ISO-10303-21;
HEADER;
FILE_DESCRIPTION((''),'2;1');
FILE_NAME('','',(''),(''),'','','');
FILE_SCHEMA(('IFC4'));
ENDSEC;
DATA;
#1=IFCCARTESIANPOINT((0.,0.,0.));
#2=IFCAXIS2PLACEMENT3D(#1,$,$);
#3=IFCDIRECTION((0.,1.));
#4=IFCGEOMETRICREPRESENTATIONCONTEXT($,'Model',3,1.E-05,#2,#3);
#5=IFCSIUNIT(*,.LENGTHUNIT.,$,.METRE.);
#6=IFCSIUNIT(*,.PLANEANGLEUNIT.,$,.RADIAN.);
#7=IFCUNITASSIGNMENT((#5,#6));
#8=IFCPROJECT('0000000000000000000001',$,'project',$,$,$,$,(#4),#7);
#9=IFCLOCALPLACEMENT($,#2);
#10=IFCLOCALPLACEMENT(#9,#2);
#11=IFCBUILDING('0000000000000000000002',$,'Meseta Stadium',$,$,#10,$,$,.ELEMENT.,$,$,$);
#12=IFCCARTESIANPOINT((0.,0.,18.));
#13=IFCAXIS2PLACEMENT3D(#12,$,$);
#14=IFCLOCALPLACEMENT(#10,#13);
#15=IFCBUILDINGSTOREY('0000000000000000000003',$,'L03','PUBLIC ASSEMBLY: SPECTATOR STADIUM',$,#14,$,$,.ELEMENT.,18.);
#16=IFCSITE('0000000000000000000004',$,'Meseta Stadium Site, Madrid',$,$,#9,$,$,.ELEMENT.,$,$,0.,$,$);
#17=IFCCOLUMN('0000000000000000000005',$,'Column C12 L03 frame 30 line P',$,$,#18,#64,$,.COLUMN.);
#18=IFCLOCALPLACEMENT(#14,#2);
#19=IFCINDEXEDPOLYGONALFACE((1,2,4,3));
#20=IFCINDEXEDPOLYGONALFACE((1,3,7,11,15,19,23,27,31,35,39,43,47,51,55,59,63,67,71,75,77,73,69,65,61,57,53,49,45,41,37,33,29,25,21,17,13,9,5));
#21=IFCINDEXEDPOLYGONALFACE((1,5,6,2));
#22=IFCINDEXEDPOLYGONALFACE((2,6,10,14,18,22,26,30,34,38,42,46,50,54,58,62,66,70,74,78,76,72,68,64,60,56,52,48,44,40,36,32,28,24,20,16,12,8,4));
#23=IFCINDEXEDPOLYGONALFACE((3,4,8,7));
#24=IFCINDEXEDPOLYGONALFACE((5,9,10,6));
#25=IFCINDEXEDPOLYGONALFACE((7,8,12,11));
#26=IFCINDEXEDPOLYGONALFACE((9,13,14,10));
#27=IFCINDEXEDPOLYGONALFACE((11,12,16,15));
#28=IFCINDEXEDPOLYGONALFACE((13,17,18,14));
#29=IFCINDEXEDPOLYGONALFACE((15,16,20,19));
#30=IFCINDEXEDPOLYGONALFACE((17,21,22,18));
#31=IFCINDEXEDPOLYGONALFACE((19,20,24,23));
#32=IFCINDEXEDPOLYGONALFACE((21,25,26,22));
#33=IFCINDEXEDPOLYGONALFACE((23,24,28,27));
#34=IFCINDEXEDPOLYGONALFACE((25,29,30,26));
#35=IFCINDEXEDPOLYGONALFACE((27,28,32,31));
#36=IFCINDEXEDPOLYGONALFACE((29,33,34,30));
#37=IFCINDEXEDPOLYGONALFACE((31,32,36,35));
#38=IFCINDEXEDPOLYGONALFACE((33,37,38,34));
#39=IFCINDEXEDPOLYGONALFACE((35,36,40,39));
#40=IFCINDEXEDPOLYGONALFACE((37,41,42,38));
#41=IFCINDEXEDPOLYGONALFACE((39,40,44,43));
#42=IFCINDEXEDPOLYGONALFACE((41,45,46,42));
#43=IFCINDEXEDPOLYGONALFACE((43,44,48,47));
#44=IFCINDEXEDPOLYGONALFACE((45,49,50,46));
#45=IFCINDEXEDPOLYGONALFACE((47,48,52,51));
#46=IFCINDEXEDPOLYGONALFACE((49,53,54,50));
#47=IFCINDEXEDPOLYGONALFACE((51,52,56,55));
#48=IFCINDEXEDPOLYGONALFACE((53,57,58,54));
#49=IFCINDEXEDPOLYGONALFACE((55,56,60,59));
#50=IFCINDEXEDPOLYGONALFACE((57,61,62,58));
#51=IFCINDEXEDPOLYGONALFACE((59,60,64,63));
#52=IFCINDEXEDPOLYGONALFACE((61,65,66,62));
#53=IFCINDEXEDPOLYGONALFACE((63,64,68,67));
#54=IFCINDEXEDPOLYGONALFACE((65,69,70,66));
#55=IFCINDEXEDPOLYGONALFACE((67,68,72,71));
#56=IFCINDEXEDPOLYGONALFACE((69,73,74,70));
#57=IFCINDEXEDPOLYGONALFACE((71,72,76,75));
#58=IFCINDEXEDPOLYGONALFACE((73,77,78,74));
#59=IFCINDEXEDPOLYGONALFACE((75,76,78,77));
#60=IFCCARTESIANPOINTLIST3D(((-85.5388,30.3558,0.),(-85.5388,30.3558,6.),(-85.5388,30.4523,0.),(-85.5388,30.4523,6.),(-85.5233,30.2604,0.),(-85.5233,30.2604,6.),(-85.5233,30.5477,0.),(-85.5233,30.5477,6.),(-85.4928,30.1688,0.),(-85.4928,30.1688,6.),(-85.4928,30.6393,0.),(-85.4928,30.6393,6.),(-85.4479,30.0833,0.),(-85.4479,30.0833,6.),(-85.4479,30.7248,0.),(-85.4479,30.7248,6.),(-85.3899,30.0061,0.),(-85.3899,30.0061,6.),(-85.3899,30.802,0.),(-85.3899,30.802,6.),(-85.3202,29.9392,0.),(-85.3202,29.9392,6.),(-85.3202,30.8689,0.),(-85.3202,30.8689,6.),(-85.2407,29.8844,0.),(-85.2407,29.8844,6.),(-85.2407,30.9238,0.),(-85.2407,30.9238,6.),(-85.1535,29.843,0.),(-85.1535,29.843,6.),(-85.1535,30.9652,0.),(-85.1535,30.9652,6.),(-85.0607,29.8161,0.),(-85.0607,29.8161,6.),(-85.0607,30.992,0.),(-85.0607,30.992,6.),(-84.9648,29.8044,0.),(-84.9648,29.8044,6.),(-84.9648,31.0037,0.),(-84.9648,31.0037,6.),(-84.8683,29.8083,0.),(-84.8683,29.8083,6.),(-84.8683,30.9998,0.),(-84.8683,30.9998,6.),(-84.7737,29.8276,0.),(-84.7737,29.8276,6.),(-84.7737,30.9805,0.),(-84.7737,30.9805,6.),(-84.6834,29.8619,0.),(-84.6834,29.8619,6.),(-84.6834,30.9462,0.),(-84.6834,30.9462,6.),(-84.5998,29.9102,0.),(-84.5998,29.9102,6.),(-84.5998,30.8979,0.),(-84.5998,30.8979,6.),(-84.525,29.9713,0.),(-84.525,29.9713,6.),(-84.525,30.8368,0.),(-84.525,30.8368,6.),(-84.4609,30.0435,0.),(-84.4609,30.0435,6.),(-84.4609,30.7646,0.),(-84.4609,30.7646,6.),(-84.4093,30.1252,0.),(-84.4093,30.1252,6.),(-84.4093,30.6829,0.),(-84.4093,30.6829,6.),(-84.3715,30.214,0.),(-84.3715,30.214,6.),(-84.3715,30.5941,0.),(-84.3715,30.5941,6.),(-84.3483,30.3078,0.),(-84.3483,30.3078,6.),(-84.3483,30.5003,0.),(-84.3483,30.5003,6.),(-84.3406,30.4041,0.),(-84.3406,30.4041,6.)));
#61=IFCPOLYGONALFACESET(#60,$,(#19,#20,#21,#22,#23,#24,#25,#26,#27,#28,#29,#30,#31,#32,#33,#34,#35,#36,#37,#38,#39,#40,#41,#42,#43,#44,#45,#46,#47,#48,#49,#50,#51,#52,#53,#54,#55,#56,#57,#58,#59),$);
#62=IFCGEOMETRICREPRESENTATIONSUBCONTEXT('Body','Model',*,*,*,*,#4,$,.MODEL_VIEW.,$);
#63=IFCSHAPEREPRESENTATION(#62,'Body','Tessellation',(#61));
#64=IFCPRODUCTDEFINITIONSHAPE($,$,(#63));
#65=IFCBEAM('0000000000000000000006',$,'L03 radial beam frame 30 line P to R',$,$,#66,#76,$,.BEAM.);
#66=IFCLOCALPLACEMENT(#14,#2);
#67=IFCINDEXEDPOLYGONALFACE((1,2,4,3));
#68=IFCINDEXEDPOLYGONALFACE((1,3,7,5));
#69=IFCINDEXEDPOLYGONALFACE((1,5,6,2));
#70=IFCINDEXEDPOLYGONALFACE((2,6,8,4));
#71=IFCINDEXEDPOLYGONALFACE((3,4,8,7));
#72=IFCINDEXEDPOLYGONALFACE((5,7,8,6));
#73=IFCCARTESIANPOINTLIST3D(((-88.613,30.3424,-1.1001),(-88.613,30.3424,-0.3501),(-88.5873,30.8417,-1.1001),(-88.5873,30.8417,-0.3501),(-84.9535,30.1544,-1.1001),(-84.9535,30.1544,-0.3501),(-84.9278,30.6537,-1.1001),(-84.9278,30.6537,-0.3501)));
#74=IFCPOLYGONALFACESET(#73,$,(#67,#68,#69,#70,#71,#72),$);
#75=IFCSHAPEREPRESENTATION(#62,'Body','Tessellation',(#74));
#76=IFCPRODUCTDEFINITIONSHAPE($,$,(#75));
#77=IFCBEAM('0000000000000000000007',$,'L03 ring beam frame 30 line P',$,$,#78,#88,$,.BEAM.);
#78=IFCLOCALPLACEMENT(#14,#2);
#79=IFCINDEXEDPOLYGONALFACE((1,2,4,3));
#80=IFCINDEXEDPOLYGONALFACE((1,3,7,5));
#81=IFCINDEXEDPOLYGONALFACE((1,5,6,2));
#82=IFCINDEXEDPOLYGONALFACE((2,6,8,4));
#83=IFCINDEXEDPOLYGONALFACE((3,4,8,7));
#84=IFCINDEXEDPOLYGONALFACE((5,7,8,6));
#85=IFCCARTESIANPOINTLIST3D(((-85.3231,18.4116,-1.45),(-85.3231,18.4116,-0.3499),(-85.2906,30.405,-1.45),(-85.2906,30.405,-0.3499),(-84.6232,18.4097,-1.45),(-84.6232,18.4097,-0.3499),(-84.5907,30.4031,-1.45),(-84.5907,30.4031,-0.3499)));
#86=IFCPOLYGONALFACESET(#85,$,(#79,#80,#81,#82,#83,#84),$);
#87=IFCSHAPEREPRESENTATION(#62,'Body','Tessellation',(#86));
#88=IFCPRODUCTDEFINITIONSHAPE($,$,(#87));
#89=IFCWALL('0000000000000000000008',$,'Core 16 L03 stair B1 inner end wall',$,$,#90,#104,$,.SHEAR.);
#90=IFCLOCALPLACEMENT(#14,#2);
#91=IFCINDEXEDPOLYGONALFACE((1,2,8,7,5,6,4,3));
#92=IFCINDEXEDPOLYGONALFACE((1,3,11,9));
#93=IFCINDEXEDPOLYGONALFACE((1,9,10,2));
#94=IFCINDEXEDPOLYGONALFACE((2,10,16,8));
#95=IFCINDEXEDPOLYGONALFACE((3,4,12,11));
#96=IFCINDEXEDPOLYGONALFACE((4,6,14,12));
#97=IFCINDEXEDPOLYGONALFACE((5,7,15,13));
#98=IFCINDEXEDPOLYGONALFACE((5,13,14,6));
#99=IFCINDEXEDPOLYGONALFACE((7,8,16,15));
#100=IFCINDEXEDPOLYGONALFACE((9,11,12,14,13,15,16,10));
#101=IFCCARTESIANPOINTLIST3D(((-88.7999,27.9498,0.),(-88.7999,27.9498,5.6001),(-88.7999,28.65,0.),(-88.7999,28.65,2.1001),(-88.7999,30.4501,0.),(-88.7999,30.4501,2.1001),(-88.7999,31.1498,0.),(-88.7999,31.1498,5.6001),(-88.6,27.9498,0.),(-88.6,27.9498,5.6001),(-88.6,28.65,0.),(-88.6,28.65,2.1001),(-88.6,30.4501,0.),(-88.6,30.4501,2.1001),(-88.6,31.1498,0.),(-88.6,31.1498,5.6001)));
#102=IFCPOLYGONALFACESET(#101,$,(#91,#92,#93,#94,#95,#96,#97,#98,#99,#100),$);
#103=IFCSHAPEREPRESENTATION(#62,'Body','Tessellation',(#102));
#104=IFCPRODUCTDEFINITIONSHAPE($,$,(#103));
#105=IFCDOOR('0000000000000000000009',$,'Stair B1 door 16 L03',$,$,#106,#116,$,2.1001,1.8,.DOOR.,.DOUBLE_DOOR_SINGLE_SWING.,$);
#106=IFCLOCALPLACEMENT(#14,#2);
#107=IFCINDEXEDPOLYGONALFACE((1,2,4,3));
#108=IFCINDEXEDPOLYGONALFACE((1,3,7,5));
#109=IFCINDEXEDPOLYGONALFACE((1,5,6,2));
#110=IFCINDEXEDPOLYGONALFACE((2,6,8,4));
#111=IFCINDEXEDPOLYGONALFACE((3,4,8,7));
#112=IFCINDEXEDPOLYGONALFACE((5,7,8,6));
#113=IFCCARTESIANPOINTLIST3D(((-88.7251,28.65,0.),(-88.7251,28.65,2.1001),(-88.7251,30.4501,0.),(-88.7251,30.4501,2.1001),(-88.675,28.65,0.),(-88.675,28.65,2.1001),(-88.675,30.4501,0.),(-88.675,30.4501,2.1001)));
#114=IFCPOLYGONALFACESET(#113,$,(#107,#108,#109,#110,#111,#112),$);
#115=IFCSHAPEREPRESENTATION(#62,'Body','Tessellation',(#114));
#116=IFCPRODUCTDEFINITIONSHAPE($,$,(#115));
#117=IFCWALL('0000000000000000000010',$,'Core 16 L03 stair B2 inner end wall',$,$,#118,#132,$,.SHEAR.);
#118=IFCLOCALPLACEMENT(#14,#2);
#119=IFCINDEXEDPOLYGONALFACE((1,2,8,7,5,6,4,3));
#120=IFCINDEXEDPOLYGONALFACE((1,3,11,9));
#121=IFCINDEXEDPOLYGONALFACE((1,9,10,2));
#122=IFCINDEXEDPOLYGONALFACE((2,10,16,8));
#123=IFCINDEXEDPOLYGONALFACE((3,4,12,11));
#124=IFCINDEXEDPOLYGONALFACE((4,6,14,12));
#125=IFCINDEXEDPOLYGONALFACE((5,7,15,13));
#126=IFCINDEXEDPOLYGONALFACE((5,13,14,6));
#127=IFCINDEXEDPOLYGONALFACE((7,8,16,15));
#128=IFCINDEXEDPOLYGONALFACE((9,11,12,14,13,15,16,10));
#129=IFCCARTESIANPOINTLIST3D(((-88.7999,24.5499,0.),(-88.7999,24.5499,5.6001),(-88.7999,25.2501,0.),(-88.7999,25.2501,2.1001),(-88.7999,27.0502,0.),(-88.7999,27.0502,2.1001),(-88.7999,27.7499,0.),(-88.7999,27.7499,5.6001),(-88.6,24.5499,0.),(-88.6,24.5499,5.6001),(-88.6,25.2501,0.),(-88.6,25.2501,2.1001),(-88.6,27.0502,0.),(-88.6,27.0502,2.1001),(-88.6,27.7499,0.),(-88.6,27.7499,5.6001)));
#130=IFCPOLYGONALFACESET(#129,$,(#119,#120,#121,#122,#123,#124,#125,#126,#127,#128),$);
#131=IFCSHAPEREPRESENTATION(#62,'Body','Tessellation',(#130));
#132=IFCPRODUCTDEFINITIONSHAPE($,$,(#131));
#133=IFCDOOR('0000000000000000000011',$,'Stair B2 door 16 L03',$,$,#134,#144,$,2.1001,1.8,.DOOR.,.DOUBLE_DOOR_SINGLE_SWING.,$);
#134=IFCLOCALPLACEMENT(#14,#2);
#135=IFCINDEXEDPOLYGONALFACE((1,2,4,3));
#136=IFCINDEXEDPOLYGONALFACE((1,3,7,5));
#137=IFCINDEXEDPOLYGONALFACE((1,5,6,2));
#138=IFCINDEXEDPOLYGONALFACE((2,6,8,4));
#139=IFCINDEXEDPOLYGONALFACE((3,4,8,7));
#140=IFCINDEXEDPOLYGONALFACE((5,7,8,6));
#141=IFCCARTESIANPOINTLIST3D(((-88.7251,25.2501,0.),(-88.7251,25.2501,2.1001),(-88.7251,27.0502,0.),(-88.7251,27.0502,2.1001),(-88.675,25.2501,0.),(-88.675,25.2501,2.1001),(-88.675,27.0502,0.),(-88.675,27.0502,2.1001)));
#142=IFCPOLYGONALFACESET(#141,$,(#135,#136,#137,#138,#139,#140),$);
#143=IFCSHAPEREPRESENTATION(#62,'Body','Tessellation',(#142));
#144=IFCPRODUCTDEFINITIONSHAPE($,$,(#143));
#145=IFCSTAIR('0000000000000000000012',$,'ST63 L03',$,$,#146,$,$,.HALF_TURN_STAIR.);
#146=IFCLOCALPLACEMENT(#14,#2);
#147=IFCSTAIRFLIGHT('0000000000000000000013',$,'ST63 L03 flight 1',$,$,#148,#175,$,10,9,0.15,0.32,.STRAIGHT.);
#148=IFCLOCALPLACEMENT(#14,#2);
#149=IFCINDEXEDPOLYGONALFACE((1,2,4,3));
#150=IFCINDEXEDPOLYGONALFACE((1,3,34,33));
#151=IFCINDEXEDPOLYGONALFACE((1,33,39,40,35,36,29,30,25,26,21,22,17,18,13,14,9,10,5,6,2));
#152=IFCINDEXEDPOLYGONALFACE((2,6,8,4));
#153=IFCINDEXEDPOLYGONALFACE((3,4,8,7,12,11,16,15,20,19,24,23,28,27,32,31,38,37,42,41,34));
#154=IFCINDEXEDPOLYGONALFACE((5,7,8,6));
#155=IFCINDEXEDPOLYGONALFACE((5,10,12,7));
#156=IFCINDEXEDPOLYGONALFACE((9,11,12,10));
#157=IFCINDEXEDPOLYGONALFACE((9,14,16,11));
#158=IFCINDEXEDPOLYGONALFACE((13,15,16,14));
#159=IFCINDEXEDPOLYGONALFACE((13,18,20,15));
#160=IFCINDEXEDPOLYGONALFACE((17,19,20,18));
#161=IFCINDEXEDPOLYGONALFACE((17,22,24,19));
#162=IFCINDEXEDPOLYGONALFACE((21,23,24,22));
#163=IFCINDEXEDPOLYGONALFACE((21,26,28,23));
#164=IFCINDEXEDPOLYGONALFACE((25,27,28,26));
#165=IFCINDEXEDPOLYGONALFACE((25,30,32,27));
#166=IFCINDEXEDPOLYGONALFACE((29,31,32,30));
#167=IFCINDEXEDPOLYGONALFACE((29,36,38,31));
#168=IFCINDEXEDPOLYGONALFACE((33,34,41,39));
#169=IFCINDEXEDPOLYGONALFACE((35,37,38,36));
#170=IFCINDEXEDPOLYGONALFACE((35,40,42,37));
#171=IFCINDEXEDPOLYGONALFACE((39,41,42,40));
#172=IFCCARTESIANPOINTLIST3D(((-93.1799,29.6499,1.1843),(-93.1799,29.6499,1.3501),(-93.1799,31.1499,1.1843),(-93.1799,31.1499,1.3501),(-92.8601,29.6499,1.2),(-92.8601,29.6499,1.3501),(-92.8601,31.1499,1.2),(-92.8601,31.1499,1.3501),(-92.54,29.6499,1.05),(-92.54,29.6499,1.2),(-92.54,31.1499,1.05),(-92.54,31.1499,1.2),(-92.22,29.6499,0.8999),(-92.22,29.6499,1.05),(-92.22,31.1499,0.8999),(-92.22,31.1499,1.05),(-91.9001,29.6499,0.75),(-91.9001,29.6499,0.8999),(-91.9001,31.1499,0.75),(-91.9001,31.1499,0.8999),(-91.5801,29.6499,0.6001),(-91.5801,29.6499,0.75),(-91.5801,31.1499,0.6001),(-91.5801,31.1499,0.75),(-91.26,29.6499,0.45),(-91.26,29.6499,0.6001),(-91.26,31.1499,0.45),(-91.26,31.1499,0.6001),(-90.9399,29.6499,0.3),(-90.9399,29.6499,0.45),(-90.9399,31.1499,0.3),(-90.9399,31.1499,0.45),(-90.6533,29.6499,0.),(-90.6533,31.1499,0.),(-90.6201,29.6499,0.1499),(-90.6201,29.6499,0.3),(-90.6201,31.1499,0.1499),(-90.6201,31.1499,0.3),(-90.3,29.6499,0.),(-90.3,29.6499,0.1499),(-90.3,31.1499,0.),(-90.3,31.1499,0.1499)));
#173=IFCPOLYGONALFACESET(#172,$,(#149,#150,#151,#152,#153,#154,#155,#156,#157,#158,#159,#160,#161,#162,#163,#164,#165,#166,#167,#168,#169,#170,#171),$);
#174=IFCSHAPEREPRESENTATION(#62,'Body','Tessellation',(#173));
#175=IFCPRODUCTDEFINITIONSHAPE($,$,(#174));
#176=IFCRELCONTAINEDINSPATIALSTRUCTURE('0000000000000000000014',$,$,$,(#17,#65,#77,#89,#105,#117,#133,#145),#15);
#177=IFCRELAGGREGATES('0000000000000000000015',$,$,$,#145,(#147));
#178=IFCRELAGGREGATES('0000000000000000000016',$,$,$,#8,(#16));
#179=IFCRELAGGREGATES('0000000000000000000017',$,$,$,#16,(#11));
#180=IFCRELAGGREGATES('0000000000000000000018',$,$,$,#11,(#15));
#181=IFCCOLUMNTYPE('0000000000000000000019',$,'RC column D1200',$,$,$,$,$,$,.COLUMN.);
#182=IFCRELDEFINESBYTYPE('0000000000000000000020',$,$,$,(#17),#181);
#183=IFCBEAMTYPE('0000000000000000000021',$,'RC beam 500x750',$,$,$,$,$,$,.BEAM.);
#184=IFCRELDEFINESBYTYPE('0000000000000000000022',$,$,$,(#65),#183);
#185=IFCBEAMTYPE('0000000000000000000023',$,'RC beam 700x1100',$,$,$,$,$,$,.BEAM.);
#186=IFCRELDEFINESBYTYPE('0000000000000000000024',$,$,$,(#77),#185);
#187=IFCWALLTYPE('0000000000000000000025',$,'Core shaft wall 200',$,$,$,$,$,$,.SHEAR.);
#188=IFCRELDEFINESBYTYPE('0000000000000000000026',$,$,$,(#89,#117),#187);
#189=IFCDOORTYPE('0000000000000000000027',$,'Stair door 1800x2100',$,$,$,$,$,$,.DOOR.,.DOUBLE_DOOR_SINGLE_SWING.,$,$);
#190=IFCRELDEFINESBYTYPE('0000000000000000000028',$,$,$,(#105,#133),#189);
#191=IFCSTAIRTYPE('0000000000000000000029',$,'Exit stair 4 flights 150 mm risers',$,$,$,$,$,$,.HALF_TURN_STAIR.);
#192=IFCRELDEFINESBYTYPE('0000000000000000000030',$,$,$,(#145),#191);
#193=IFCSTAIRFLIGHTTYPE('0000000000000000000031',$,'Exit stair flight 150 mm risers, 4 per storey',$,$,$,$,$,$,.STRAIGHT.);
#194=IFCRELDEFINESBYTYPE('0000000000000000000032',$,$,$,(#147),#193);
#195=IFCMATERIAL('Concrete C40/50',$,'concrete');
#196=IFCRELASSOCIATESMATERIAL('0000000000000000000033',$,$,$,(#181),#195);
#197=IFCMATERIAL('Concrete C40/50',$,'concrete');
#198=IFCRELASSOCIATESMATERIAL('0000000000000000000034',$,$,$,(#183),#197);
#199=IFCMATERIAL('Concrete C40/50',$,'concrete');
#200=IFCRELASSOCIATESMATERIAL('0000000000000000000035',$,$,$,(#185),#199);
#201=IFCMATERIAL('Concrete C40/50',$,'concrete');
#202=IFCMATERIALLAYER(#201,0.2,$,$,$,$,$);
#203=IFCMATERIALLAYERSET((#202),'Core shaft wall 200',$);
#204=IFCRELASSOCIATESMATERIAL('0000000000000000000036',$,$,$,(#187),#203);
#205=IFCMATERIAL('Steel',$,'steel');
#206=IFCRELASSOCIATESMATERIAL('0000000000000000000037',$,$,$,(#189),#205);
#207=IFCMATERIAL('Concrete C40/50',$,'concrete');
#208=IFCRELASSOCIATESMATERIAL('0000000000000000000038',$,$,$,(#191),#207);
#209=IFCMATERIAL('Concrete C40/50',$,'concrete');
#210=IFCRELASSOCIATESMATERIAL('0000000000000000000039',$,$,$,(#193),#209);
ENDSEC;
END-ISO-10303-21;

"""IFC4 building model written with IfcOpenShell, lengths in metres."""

from ifc_helpers import new_model, si_unit, direction, frame, frame_2d, origin, origin_2d, place, context, subcontext, project, spatial, polyline, rectangle, circle, outline, extrude, material, layer, layer_set, material_profile, profile_set, type_object, element, fill, aggregate, save


model = new_model("IFC4")

# Units and contexts
model_context = context("Model", 3, precision=1e-05, world=origin(), true_north=direction((0.0, 1.0)))
body_context = subcontext(model_context, "Body", "Model", "MODEL_VIEW")
ifc_project = project(units=[si_unit("LENGTHUNIT", "METRE"), si_unit("PLANEANGLEUNIT", "RADIAN")], contexts=[model_context])

# Site, building, storey
site_placement = place(None, origin())
site = spatial("IfcSite", under=ifc_project, at=site_placement, Name="Meseta Stadium Site, Madrid", CompositionType="ELEMENT", RefElevation=0.0)
building_placement = place(site_placement, origin())
building = spatial("IfcBuilding", under=site, at=building_placement, Name="Meseta Stadium", CompositionType="ELEMENT")
storey_placement = place(building_placement, frame((0.0, 0.0, 18.0)))
storey = spatial("IfcBuildingStorey", under=building, at=storey_placement, Name="L03", Description="PUBLIC ASSEMBLY: SPECTATOR STADIUM", CompositionType="ELEMENT", Elevation=18.0)

# Column
ifc_material_1 = material(Name="Concrete C40/50", Category="concrete")
ifc_material_profile_1 = material_profile(ifc_material_1, circle(Radius=0.6001, at=origin_2d()), Name="RC D1200")
ifc_profile_set_1 = profile_set([ifc_material_profile_1], Name="Concrete C40/50")
column_type = type_object("IfcColumnType", Name="RC column D1200", PredefinedType="COLUMN", material=ifc_profile_set_1)
column_placement = place(storey_placement, frame((-84.9407, 30.4041, 0.0), z_axis=(0.0, 0.0, 1.0), x_axis=(1.0, 0.0, 0.0)))
element("IfcColumn", 1, at=column_placement, inside=storey, type_object=column_type, Name="Column C12 L03 frame 30 line P", PredefinedType="COLUMN", context=body_context, shape_type="SweptSolid", body=[
    extrude(circle(Radius=0.6001, at=origin_2d()), origin(), (0.0, 0.0, 1.0), 6.0),
])

# Beams
ifc_material_2 = material(Name="Concrete C40/50", Category="concrete")
ifc_material_profile_2 = material_profile(ifc_material_2, rectangle(XDim=0.5, YDim=0.75, at=origin_2d()), Name="RC 500x750")
ifc_profile_set_2 = profile_set([ifc_material_profile_2], Name="Concrete C40/50")
beam_type_1 = type_object("IfcBeamType", Name="RC beam 500x750", PredefinedType="BEAM", material=ifc_profile_set_2)
beam_1_placement = place(storey_placement, frame((-84.9407, 30.4041, -0.7251), z_axis=(-0.998683, 0.051303, 0.0), x_axis=(-0.051303, -0.998683, 0.0)))
element("IfcBeam", 2, at=beam_1_placement, inside=storey, type_object=beam_type_1, Name="L03 radial beam frame 30 line P to R", PredefinedType="BEAM", context=body_context, shape_type="SweptSolid", body=[
    extrude(rectangle(XDim=0.5, YDim=0.75, at=origin_2d()), origin(), (0.0, 0.0, 1.0), 3.6643),
])
ifc_material_3 = material(Name="Concrete C40/50", Category="concrete")
ifc_material_profile_3 = material_profile(ifc_material_3, rectangle(XDim=0.7, YDim=1.1001, at=origin_2d()), Name="RC 700x1100")
ifc_profile_set_3 = profile_set([ifc_material_profile_3], Name="Concrete C40/50")
beam_type_2 = type_object("IfcBeamType", Name="RC beam 700x1100", PredefinedType="BEAM", material=ifc_profile_set_3)
beam_2_placement = place(storey_placement, frame((-84.9407, 30.4041, -0.8999), z_axis=(-0.002707, -0.999996, 0.0), x_axis=(0.999996, -0.002707, 0.0)))
element("IfcBeam", 3, at=beam_2_placement, inside=storey, type_object=beam_type_2, Name="L03 ring beam frame 30 line P", PredefinedType="BEAM", context=body_context, shape_type="SweptSolid", body=[
    extrude(rectangle(XDim=0.7, YDim=1.1001, at=origin_2d()), origin(), (0.0, 0.0, 1.0), 11.9934),
])

# Walls, openings, doors
ifc_material_4 = material(Name="Concrete C40/50", Category="concrete")
ifc_layer = layer(ifc_material_4, 0.2)
ifc_layer_set = layer_set([ifc_layer], Name="Core shaft wall 200")
wall_type = type_object("IfcWallType", Name="Core shaft wall 200", PredefinedType="SHEAR", material=ifc_layer_set)
wall_1_placement = place(storey_placement, frame((-88.7, 31.1499, 0.0), z_axis=(0.0, 0.0, 1.0), x_axis=(0.0, -1.0, 0.0)))
wall_1 = element("IfcWall", 4, at=wall_1_placement, inside=storey, type_object=wall_type, Name="Core 16 L03 stair B1 inner end wall", PredefinedType="SHEAR", context=body_context, shape_type="SweptSolid", body=[
    extrude(rectangle(XDim=3.2, YDim=0.2, at=frame_2d((1.6001, 0.0))), origin(), (0.0, 0.0, 1.0), 5.6001),
])
opening_1_placement = place(wall_1_placement, frame((0.7, 0.0, 0.0)))
opening_1 = element("IfcOpeningElement", 5, at=opening_1_placement, cuts=wall_1, PredefinedType="OPENING", context=body_context, shape_type="SweptSolid", body=[
    extrude(rectangle(XDim=1.8, YDim=2.1001, at=frame_2d((0.8999, 1.05))), frame((0.0, 0.1099, 0.0), z_axis=(0.0, -1.0, 0.0), x_axis=(1.0, 0.0, 0.0)), (0.0, 0.0, 1.0), 0.22),
])
ifc_material_5 = material(Name="Steel", Category="steel")
door_type = type_object("IfcDoorType", Name="Stair door 1800x2100", OperationType="DOUBLE_DOOR_SINGLE_SWING", PredefinedType="DOOR", material=ifc_material_5)
door_1_placement = place(opening_1_placement, origin())
door_1 = element("IfcDoor", 6, at=door_1_placement, inside=storey, type_object=door_type, Name="Stair B1 door 16 L03", OperationType="DOUBLE_DOOR_SINGLE_SWING", OverallHeight=2.1001, OverallWidth=1.8, PredefinedType="DOOR", context=body_context, shape_type="SweptSolid", body=[
    extrude(rectangle(XDim=1.8, YDim=2.1001, at=frame_2d((0.8999, 1.05))), frame((0.0, 0.0249, 0.0), z_axis=(0.0, -1.0, 0.0), x_axis=(1.0, 0.0, 0.0)), (0.0, 0.0, 1.0), 0.05),
])
fill(opening_1, door_1)
wall_2_placement = place(storey_placement, frame((-88.7, 27.75, 0.0), z_axis=(0.0, 0.0, 1.0), x_axis=(0.0, -1.0, 0.0)))
wall_2 = element("IfcWall", 7, at=wall_2_placement, inside=storey, type_object=wall_type, Name="Core 16 L03 stair B2 inner end wall", PredefinedType="SHEAR", context=body_context, shape_type="SweptSolid", body=[
    extrude(rectangle(XDim=3.2, YDim=0.2, at=frame_2d((1.6001, 0.0))), origin(), (0.0, 0.0, 1.0), 5.6001),
])
opening_2_placement = place(wall_2_placement, frame((0.7, 0.0, 0.0)))
opening_2 = element("IfcOpeningElement", 8, at=opening_2_placement, cuts=wall_2, PredefinedType="OPENING", context=body_context, shape_type="SweptSolid", body=[
    extrude(rectangle(XDim=1.8, YDim=2.1001, at=frame_2d((0.8999, 1.05))), frame((0.0, 0.1099, 0.0), z_axis=(0.0, -1.0, 0.0), x_axis=(1.0, 0.0, 0.0)), (0.0, 0.0, 1.0), 0.22),
])
door_2_placement = place(opening_2_placement, origin())
door_2 = element("IfcDoor", 9, at=door_2_placement, inside=storey, type_object=door_type, Name="Stair B2 door 16 L03", OperationType="DOUBLE_DOOR_SINGLE_SWING", OverallHeight=2.1001, OverallWidth=1.8, PredefinedType="DOOR", context=body_context, shape_type="SweptSolid", body=[
    extrude(rectangle(XDim=1.8, YDim=2.1001, at=frame_2d((0.8999, 1.05))), frame((0.0, 0.0249, 0.0), z_axis=(0.0, -1.0, 0.0), x_axis=(1.0, 0.0, 0.0)), (0.0, 0.0, 1.0), 0.05),
])
fill(opening_2, door_2)

# Stair, stair flight
ifc_material_6 = material(Name="Concrete C40/50", Category="concrete")
stair_type = type_object("IfcStairType", Name="Exit stair 4 flights 150 mm risers", PredefinedType="HALF_TURN_STAIR", material=ifc_material_6)
stair_1_placement = place(storey_placement, origin())
stair_1 = element("IfcStair", 10, at=stair_1_placement, inside=storey, type_object=stair_type, Name="ST63 L03", PredefinedType="HALF_TURN_STAIR")
ifc_material_7 = material(Name="Concrete C40/50", Category="concrete")
stair_flight_type = type_object("IfcStairFlightType", Name="Exit stair flight 150 mm risers, 4 per storey", PredefinedType="STRAIGHT", material=ifc_material_7)
stair_flight_1_placement = place(storey_placement, frame((-90.3, 30.3999, 0.0), z_axis=(0.0, 0.0, 1.0), x_axis=(-1.0, 0.0, 0.0)))
stair_flight_1 = element("IfcStairFlight", 11, at=stair_flight_1_placement, type_object=stair_flight_type, Name="ST63 L03 flight 1", NumberOfRisers=10, NumberOfTreads=9, PredefinedType="STRAIGHT", RiserHeight=0.15, TreadLength=0.32, context=body_context, shape_type="SweptSolid", body=[
    extrude(outline(polyline([(0.0, 0.0), (0.0, 0.1499), (0.3201, 0.1499), (0.3201, 0.3), (0.6399, 0.3), (0.6399, 0.45), (0.96, 0.45), (0.96, 0.6001), (1.28, 0.6001), (1.28, 0.75), (1.6001, 0.75), (1.6001, 0.8999), (1.9199, 0.8999), (1.9199, 1.05), (2.24, 1.05), (2.24, 1.2), (2.5601, 1.2), (2.5601, 1.3501), (2.8799, 1.3501), (2.8799, 1.1843), (0.3533, 0.0), (0.0, 0.0)])), frame((0.0, 0.75, 0.0), z_axis=(0.0, -1.0, 0.0), x_axis=(1.0, 0.0, 0.0)), (0.0, 0.0, 1.0), 1.5),
])
aggregate(stair_1, [stair_flight_1])

save(model, "model.ifc")
